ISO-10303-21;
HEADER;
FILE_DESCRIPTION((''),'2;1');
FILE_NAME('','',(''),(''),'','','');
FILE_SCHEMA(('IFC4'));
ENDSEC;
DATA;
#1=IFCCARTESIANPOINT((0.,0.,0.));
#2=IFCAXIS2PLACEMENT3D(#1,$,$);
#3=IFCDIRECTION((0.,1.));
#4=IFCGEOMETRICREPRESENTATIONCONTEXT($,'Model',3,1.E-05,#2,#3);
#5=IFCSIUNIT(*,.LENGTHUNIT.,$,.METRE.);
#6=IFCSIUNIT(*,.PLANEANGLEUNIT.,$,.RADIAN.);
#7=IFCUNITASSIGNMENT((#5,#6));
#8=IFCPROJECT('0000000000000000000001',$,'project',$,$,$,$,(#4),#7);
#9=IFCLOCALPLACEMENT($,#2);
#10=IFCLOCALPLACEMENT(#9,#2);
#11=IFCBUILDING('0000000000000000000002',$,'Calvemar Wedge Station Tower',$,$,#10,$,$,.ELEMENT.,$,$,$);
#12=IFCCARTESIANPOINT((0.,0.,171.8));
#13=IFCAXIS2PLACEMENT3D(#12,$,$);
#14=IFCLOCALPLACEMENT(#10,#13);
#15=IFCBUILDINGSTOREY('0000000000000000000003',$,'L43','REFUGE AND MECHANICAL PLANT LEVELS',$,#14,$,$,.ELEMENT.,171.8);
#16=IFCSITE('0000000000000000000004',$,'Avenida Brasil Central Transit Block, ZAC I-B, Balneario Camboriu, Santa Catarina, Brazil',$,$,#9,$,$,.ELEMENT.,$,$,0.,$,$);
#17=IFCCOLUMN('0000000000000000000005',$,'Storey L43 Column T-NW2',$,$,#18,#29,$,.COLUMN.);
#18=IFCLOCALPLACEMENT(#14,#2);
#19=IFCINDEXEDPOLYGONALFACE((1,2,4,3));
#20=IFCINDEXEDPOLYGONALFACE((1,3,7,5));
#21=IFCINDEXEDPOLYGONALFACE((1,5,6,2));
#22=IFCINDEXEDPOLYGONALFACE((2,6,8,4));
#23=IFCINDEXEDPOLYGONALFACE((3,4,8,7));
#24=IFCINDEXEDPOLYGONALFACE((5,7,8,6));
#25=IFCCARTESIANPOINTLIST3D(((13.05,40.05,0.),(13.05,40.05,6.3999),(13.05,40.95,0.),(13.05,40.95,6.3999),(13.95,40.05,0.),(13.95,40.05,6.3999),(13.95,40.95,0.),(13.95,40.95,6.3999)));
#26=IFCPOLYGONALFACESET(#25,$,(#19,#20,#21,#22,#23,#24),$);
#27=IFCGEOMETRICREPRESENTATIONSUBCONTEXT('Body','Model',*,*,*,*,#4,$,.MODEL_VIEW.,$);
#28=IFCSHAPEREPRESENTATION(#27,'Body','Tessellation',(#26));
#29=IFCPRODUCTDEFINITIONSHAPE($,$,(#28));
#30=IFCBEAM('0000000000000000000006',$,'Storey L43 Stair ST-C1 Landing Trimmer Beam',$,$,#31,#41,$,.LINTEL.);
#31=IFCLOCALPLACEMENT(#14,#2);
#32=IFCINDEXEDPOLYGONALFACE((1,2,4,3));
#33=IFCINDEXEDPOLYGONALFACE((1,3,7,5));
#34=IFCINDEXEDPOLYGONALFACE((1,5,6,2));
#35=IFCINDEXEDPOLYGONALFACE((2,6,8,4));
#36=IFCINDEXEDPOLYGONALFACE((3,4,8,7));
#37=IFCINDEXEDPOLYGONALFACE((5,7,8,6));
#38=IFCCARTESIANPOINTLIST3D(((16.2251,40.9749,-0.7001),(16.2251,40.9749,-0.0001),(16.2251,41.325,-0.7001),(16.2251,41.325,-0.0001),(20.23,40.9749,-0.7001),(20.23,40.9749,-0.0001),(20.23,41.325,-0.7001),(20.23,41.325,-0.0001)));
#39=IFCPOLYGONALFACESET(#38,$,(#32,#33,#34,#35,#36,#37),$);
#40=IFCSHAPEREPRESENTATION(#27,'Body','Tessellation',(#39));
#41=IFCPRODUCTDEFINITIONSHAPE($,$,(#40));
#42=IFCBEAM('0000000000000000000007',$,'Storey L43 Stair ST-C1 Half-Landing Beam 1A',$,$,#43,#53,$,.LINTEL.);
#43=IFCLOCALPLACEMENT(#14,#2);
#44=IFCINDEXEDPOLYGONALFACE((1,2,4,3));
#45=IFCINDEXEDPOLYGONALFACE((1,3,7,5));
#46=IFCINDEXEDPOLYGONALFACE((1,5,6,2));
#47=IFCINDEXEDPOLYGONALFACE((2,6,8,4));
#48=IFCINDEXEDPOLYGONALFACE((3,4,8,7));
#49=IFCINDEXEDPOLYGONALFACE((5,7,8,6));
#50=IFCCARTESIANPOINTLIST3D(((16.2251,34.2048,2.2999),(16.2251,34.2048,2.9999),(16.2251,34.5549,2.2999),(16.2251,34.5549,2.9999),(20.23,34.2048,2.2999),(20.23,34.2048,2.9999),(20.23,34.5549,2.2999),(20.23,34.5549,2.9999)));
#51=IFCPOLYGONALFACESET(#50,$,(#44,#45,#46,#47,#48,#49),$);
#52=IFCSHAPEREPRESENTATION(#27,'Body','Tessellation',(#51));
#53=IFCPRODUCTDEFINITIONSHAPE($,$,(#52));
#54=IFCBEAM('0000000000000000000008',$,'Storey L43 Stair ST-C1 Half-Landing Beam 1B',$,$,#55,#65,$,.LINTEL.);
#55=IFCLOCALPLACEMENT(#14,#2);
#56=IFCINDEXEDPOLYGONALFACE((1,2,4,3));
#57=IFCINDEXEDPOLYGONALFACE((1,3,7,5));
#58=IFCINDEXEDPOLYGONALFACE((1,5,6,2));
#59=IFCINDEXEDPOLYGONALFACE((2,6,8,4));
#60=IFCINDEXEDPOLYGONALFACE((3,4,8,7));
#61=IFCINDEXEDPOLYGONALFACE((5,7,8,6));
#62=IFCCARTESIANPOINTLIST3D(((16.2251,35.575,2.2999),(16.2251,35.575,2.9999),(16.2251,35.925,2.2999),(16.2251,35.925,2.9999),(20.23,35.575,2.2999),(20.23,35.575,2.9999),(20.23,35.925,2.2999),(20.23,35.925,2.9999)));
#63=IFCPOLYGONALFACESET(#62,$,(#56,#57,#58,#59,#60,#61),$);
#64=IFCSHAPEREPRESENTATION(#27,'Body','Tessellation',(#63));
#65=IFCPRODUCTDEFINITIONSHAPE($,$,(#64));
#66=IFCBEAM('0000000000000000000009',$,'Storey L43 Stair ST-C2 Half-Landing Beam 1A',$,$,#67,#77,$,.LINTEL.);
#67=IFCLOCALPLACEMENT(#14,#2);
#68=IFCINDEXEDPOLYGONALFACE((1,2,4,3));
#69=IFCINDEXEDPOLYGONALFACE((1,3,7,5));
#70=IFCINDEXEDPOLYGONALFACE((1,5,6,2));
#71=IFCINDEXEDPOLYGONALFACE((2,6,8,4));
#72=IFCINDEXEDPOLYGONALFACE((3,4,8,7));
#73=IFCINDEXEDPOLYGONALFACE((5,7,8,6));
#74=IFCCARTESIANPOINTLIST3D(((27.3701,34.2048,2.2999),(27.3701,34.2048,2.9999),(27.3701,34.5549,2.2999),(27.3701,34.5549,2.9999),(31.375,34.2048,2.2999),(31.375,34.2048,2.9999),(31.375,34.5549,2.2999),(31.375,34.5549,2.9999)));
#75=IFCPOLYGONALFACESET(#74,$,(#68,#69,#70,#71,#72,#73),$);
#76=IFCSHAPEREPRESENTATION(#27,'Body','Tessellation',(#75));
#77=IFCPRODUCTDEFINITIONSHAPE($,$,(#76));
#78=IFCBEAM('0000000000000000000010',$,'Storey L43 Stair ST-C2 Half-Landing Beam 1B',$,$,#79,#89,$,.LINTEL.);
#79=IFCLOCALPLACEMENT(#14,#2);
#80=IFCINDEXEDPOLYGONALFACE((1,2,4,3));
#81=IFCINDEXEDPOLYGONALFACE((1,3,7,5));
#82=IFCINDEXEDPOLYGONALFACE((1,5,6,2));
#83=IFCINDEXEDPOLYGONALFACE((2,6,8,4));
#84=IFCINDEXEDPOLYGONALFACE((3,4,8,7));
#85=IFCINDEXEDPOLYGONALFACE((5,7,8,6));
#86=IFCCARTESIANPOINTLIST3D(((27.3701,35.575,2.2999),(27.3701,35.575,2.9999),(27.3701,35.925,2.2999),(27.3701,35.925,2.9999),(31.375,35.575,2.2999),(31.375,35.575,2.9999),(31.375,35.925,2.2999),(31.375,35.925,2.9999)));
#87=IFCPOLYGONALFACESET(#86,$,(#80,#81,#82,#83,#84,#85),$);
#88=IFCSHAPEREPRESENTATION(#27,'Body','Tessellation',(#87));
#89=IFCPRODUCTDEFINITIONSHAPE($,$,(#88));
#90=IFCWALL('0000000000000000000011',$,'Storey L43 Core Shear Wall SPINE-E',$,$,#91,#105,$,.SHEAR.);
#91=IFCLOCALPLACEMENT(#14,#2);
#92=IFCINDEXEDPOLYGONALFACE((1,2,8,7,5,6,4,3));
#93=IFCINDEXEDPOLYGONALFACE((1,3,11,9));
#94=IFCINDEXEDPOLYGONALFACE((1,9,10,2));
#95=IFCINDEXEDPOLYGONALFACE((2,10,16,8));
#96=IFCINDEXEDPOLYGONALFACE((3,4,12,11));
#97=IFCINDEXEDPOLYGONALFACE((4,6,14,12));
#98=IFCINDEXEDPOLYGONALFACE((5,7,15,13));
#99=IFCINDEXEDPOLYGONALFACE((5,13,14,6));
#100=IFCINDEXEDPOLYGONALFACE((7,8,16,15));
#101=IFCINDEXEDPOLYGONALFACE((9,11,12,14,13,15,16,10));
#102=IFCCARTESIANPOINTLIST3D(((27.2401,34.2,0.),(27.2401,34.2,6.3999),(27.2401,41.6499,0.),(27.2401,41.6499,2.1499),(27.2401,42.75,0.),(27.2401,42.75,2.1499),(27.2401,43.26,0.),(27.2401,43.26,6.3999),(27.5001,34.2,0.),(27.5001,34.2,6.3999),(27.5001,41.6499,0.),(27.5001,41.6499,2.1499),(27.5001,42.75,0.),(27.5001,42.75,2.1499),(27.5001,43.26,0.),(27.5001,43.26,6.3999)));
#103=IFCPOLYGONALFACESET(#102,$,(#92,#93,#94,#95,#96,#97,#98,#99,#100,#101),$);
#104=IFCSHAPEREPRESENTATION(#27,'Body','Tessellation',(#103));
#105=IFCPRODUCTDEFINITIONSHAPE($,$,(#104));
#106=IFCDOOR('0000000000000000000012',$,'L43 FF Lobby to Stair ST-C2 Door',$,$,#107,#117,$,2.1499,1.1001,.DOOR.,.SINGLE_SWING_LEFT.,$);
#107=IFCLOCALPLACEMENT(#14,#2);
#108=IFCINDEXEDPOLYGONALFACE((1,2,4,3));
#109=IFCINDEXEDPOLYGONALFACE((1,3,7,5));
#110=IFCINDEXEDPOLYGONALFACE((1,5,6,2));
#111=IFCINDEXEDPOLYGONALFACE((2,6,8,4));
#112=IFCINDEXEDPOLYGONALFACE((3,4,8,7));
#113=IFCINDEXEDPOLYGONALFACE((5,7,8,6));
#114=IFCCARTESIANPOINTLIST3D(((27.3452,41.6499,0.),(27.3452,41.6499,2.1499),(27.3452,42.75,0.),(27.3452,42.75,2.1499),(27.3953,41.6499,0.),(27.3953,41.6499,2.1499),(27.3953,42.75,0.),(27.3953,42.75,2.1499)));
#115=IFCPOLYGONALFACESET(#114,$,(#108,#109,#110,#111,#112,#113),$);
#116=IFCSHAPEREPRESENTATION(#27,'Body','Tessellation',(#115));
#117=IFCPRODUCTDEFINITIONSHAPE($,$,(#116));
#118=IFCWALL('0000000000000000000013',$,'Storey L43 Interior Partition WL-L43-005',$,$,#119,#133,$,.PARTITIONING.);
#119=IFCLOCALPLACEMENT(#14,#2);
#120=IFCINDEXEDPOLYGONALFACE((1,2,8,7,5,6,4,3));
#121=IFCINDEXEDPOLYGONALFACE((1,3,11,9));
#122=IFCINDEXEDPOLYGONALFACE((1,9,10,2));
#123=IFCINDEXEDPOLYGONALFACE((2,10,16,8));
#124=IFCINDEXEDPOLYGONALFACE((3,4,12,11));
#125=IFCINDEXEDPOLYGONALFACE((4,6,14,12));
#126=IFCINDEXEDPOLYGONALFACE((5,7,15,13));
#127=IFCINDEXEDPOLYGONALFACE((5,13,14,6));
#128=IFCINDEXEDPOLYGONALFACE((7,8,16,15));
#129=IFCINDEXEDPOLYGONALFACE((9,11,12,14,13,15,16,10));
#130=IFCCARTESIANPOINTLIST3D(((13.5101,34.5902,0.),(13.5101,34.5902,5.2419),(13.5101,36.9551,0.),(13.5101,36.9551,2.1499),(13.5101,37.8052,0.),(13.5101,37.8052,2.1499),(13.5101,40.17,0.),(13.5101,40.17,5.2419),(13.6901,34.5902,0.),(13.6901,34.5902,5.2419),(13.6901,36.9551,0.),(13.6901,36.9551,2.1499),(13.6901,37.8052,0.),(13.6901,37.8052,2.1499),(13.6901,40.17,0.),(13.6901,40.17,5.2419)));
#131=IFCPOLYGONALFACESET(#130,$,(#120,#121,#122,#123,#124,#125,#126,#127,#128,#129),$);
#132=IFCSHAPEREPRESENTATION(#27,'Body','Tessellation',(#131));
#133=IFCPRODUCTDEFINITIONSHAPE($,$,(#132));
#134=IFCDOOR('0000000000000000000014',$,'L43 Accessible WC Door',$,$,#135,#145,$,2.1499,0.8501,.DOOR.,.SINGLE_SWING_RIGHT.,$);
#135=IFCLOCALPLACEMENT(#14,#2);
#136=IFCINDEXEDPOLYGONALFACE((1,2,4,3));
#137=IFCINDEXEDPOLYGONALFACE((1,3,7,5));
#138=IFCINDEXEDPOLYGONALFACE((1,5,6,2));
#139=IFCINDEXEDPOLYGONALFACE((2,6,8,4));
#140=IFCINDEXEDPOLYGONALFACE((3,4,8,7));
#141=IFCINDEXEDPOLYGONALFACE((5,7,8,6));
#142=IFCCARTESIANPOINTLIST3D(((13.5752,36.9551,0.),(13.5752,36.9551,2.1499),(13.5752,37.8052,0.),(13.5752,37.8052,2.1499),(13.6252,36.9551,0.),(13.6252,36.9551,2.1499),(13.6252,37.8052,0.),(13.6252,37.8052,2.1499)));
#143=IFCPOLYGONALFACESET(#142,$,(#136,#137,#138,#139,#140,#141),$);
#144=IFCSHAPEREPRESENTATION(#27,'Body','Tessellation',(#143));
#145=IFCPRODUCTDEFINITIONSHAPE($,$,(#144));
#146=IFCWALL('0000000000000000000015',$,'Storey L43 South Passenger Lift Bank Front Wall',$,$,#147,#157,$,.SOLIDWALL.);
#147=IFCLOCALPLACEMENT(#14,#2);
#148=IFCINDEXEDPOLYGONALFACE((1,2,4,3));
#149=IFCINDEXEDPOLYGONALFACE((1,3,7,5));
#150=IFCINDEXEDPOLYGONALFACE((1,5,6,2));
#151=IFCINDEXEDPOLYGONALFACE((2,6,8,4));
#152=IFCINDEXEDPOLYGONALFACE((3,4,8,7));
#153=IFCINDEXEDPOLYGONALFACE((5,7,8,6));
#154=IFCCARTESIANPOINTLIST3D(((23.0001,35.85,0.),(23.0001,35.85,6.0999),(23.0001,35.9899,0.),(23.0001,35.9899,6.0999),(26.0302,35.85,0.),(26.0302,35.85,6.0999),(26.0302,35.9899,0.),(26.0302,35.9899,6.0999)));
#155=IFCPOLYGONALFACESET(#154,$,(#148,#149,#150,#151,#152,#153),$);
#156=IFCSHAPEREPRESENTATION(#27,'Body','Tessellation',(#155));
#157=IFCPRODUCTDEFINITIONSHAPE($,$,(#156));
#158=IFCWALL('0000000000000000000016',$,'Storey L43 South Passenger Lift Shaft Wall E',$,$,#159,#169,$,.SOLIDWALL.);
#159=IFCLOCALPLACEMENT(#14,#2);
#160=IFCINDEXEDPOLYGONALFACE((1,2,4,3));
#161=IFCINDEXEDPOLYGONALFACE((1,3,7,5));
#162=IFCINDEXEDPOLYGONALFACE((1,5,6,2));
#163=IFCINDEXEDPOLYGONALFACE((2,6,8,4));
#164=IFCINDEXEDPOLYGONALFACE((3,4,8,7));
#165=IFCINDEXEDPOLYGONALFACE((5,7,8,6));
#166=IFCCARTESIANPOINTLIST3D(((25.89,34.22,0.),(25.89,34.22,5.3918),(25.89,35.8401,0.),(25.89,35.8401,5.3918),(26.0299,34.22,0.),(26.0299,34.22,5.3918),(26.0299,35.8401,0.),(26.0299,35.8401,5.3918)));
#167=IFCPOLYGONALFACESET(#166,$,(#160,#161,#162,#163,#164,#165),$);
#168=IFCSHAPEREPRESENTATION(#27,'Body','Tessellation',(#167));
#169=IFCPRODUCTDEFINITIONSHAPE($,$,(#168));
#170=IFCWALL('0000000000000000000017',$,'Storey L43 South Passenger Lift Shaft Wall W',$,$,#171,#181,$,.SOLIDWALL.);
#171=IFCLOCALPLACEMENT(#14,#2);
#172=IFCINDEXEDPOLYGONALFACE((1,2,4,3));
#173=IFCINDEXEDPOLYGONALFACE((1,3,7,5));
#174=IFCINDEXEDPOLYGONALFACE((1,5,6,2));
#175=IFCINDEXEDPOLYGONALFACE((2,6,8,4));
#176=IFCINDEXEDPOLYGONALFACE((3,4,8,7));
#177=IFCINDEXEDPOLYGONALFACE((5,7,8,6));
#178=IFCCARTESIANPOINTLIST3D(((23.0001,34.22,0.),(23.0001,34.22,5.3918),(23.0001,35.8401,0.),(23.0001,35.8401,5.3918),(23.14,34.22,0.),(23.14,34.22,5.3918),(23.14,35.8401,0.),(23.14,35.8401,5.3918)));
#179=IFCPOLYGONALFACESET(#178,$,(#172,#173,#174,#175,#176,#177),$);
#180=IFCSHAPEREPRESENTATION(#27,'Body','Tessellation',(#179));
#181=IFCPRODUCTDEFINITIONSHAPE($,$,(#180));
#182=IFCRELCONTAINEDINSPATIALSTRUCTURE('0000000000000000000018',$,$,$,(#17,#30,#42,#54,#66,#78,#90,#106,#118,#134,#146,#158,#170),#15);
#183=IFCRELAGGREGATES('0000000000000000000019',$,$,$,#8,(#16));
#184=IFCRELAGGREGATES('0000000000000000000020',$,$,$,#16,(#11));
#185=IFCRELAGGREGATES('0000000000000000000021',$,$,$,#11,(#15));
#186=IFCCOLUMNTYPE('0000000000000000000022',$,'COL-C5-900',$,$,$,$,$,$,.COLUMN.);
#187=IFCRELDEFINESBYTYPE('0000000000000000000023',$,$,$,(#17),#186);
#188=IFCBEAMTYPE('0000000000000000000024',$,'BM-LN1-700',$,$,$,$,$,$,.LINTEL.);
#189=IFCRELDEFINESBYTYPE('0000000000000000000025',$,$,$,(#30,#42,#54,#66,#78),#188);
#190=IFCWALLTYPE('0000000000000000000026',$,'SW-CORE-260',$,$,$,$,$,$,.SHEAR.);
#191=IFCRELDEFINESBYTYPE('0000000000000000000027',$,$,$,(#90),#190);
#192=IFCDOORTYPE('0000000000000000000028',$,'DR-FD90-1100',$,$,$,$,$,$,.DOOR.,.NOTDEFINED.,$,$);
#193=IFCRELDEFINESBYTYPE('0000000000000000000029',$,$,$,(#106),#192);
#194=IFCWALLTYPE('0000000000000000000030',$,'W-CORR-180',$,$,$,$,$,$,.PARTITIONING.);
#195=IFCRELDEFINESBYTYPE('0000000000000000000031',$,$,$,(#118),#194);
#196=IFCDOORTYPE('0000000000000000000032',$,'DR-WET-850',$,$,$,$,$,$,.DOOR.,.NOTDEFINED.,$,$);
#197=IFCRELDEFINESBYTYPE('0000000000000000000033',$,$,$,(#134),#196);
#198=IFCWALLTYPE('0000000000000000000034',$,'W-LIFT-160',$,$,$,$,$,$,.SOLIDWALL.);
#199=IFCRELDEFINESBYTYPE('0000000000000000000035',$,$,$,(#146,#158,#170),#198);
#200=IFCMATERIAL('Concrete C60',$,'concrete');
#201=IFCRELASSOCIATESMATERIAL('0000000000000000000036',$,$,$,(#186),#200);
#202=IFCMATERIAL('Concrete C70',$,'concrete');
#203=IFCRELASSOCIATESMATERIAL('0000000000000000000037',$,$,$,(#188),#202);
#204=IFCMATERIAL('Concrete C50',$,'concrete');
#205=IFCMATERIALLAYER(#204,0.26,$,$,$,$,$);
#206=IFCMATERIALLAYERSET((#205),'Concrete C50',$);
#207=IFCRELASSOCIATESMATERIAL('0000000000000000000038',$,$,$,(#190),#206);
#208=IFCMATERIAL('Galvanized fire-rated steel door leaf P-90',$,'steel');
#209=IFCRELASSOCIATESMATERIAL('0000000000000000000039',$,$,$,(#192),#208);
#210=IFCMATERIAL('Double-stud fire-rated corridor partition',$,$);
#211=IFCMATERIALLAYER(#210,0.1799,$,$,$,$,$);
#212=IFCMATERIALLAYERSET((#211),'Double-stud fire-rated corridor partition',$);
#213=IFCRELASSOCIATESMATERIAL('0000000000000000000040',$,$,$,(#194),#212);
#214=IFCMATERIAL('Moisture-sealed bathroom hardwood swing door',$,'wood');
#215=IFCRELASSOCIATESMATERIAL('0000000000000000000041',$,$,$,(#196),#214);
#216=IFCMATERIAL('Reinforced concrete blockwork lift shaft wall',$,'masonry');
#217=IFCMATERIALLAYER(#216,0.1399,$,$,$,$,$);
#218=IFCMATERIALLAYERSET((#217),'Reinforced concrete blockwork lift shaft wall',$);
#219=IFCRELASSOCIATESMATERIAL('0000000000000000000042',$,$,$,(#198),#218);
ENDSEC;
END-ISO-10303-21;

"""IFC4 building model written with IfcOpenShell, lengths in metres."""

from ifc_helpers import new_model, si_unit, direction, frame, frame_2d, origin, origin_2d, place, context, subcontext, project, spatial, rectangle, extrude, source, transform, mapped, material, layer, layer_set, material_profile, profile_set, type_object, element, fill, save


model = new_model("IFC4")

# Units and contexts
model_context = context("Model", 3, precision=1e-05, world=origin(), true_north=direction((0.0, 1.0)))
body_context = subcontext(model_context, "Body", "Model", "MODEL_VIEW")
ifc_project = project(units=[si_unit("LENGTHUNIT", "METRE"), si_unit("PLANEANGLEUNIT", "RADIAN")], contexts=[model_context])

# Site, building, storey
site_placement = place(None, origin())
site = spatial("IfcSite", under=ifc_project, at=site_placement, Name="Avenida Brasil Central Transit Block, ZAC I-B, Balneario Camboriu, Santa Catarina, Brazil", CompositionType="ELEMENT", RefElevation=0.0)
building_placement = place(site_placement, origin())
building = spatial("IfcBuilding", under=site, at=building_placement, Name="Calvemar Wedge Station Tower", CompositionType="ELEMENT")
storey_placement = place(building_placement, frame((0.0, 0.0, 171.8)))
storey = spatial("IfcBuildingStorey", under=building, at=storey_placement, Name="L43", Description="REFUGE AND MECHANICAL PLANT LEVELS", CompositionType="ELEMENT", Elevation=171.8)

# Column
ifc_material_1 = material(Name="Concrete C60", Category="concrete")
ifc_material_profile_1 = material_profile(ifc_material_1, rectangle(XDim=0.8999, YDim=0.8999, at=origin_2d()), Name="RC900x900")
ifc_profile_set_1 = profile_set([ifc_material_profile_1], Name="Concrete C60")
column_type = type_object("IfcColumnType", Name="COL-C5-900", PredefinedType="COLUMN", material=ifc_profile_set_1)
shared_shape_1 = source(origin(), body_context, "Body", "SweptSolid", [
    extrude(rectangle(XDim=0.8999, YDim=0.8999, at=origin_2d()), origin(), (0.0, 0.0, 1.0), 6.3999),
])
column_placement = place(storey_placement, frame((13.5, 40.5, 0.0), z_axis=(0.0, 0.0, 1.0), x_axis=(1.0, 0.0, 0.0)))
element("IfcColumn", 1, at=column_placement, inside=storey, type_object=column_type, Name="Storey L43 Column T-NW2", PredefinedType="COLUMN", context=body_context, shape_type="MappedRepresentation", body=[
    mapped(shared_shape_1, transform((0.0, 0.0, 0.0), scale=1.0)),
])

# Beams
ifc_material_2 = material(Name="Concrete C70", Category="concrete")
ifc_material_profile_2 = material_profile(ifc_material_2, rectangle(XDim=0.3501, YDim=0.7, at=origin_2d()), Name="RC350x700")
ifc_profile_set_2 = profile_set([ifc_material_profile_2], Name="Concrete C70")
beam_type = type_object("IfcBeamType", Name="BM-LN1-700", PredefinedType="LINTEL", material=ifc_profile_set_2)
shared_shape_2 = source(origin(), body_context, "Body", "SweptSolid", [
    extrude(rectangle(XDim=0.3501, YDim=0.7, at=origin_2d()), origin(), (0.0, 0.0, 1.0), 4.0049),
])
for number, where, z_axis, x_axis, name in (
    (2, (16.2251, 41.1499, -0.3501), (1.0, 0.0, 0.0), (0.0, 1.0, 0.0), "Storey L43 Stair ST-C1 Landing Trimmer Beam"),
    (3, (16.2251, 34.3799, 2.6499), (1.0, 0.0, 0.0), (0.0, 1.0, 0.0), "Storey L43 Stair ST-C1 Half-Landing Beam 1A"),
    (4, (16.2251, 35.75, 2.6499), (1.0, 0.0, 0.0), (0.0, 1.0, 0.0), "Storey L43 Stair ST-C1 Half-Landing Beam 1B"),
    (5, (27.3701, 34.3799, 2.6499), (1.0, 0.0, 0.0), (0.0, 1.0, 0.0), "Storey L43 Stair ST-C2 Half-Landing Beam 1A"),
    (6, (27.3701, 35.75, 2.6499), (1.0, 0.0, 0.0), (0.0, 1.0, 0.0), "Storey L43 Stair ST-C2 Half-Landing Beam 1B"),
):
    element("IfcBeam", number, at=place(storey_placement, frame(where, z_axis=z_axis, x_axis=x_axis)), inside=storey, type_object=beam_type, Name=name, PredefinedType="LINTEL", context=body_context, shape_type="MappedRepresentation", body=[
        mapped(shared_shape_2, transform((0.0, 0.0, 0.0), scale=1.0)),
    ])

# Walls, openings, doors
ifc_material_3 = material(Name="Concrete C50", Category="concrete")
ifc_layer_1 = layer(ifc_material_3, 0.26)
ifc_layer_set_1 = layer_set([ifc_layer_1], Name="Concrete C50")
wall_type_1 = type_object("IfcWallType", Name="SW-CORE-260", PredefinedType="SHEAR", material=ifc_layer_set_1)
wall_1_placement = place(storey_placement, frame((27.3701, 34.2, 0.0), z_axis=(0.0, 0.0, 1.0), x_axis=(0.0, 1.0, 0.0)))
wall_1 = element("IfcWall", 7, at=wall_1_placement, inside=storey, type_object=wall_type_1, Name="Storey L43 Core Shear Wall SPINE-E", PredefinedType="SHEAR", context=body_context, shape_type="SweptSolid", body=[
    extrude(rectangle(XDim=9.0601, YDim=0.26, at=frame_2d((4.53, 0.0))), origin(), (0.0, 0.0, 1.0), 6.3999),
])
shared_shape_3 = source(origin(), body_context, "Body", "SweptSolid", [
    extrude(rectangle(XDim=1.1001, YDim=2.1499, at=frame_2d((0.55, 1.075))), frame((0.0, 0.1401, 0.0), z_axis=(0.0, -1.0, 0.0), x_axis=(1.0, 0.0, 0.0)), (0.0, 0.0, 1.0), 0.28),
])
opening_1_placement = place(wall_1_placement, frame((7.45, 0.0, 0.0)))
opening_1 = element("IfcOpeningElement", 8, at=opening_1_placement, cuts=wall_1, PredefinedType="OPENING", context=body_context, shape_type="MappedRepresentation", body=[
    mapped(shared_shape_3, transform((0.0, 0.0, 0.0), scale=1.0)),
])
ifc_material_4 = material(Name="Galvanized fire-rated steel door leaf P-90", Category="steel")
door_type_1 = type_object("IfcDoorType", Name="DR-FD90-1100", OperationType="NOTDEFINED", PredefinedType="DOOR", material=ifc_material_4)
shared_shape_4 = source(origin(), body_context, "Body", "SweptSolid", [
    extrude(rectangle(XDim=1.1001, YDim=2.1499, at=frame_2d((0.55, 1.075))), frame((0.0, 0.0249, 0.0), z_axis=(0.0, -1.0, 0.0), x_axis=(1.0, 0.0, 0.0)), (0.0, 0.0, 1.0), 0.05),
])
door_1_placement = place(opening_1_placement, origin())
door_1 = element("IfcDoor", 9, at=door_1_placement, inside=storey, type_object=door_type_1, Name="L43 FF Lobby to Stair ST-C2 Door", OperationType="SINGLE_SWING_LEFT", OverallHeight=2.1499, OverallWidth=1.1001, PredefinedType="DOOR", context=body_context, shape_type="MappedRepresentation", body=[
    mapped(shared_shape_4, transform((0.0, 0.0, 0.0), scale=1.0)),
])
fill(opening_1, door_1)
ifc_material_5 = material(Name="Double-stud fire-rated corridor partition")
ifc_layer_2 = layer(ifc_material_5, 0.1799)
ifc_layer_set_2 = layer_set([ifc_layer_2], Name="Double-stud fire-rated corridor partition")
wall_type_2 = type_object("IfcWallType", Name="W-CORR-180", PredefinedType="PARTITIONING", material=ifc_layer_set_2)
wall_2_placement = place(storey_placement, frame((13.6001, 34.5901, 0.0), z_axis=(0.0, 0.0, 1.0), x_axis=(0.0, 1.0, 0.0)))
wall_2 = element("IfcWall", 10, at=wall_2_placement, inside=storey, type_object=wall_type_2, Name="Storey L43 Interior Partition WL-L43-005", PredefinedType="PARTITIONING", context=body_context, shape_type="SweptSolid", body=[
    extrude(rectangle(XDim=5.5798, YDim=0.1799, at=frame_2d((2.79, 0.0))), origin(), (0.0, 0.0, 1.0), 5.2419),
])
shared_shape_5 = source(origin(), body_context, "Body", "SweptSolid", [
    extrude(rectangle(XDim=0.8501, YDim=2.1499, at=frame_2d((0.425, 1.075))), frame((0.0, 0.1001, 0.0), z_axis=(0.0, -1.0, 0.0), x_axis=(1.0, 0.0, 0.0)), (0.0, 0.0, 1.0), 0.2),
])
opening_2_placement = place(wall_2_placement, frame((2.365, 0.0, 0.0)))
opening_2 = element("IfcOpeningElement", 11, at=opening_2_placement, cuts=wall_2, PredefinedType="OPENING", context=body_context, shape_type="MappedRepresentation", body=[
    mapped(shared_shape_5, transform((0.0, 0.0, 0.0), scale=1.0)),
])
ifc_material_6 = material(Name="Moisture-sealed bathroom hardwood swing door", Category="wood")
door_type_2 = type_object("IfcDoorType", Name="DR-WET-850", OperationType="NOTDEFINED", PredefinedType="DOOR", material=ifc_material_6)
shared_shape_6 = source(origin(), body_context, "Body", "SweptSolid", [
    extrude(rectangle(XDim=0.8501, YDim=2.1499, at=frame_2d((0.425, 1.075))), frame((0.0, 0.0249, 0.0), z_axis=(0.0, -1.0, 0.0), x_axis=(1.0, 0.0, 0.0)), (0.0, 0.0, 1.0), 0.05),
])
door_2_placement = place(opening_2_placement, origin())
door_2 = element("IfcDoor", 12, at=door_2_placement, inside=storey, type_object=door_type_2, Name="L43 Accessible WC Door", OperationType="SINGLE_SWING_RIGHT", OverallHeight=2.1499, OverallWidth=0.8501, PredefinedType="DOOR", context=body_context, shape_type="MappedRepresentation", body=[
    mapped(shared_shape_6, transform((0.0, 0.0, 0.0), scale=1.0)),
])
fill(opening_2, door_2)

# Walls
ifc_material_7 = material(Name="Reinforced concrete blockwork lift shaft wall", Category="masonry")
ifc_layer_3 = layer(ifc_material_7, 0.1399)
ifc_layer_set_3 = layer_set([ifc_layer_3], Name="Reinforced concrete blockwork lift shaft wall")
wall_type_3 = type_object("IfcWallType", Name="W-LIFT-160", PredefinedType="SOLIDWALL", material=ifc_layer_set_3)
wall_3_placement = place(storey_placement, frame((23.0, 35.9199, 0.0), z_axis=(0.0, 0.0, 1.0), x_axis=(1.0, 0.0, 0.0)))
element("IfcWall", 13, at=wall_3_placement, inside=storey, type_object=wall_type_3, Name="Storey L43 South Passenger Lift Bank Front Wall", PredefinedType="SOLIDWALL", context=body_context, shape_type="SweptSolid", body=[
    extrude(rectangle(XDim=3.03, YDim=0.1399, at=frame_2d((1.5151, 0.0))), origin(), (0.0, 0.0, 1.0), 6.0999),
])
for number, where, z_axis, x_axis, name in (
    (14, (25.96, 34.22, 0.0), (0.0, 0.0, 1.0), (0.0, 1.0, 0.0), "Storey L43 South Passenger Lift Shaft Wall E"),
    (15, (23.0701, 34.22, 0.0), (0.0, 0.0, 1.0), (0.0, 1.0, 0.0), "Storey L43 South Passenger Lift Shaft Wall W"),
):
    element("IfcWall", number, at=place(storey_placement, frame(where, z_axis=z_axis, x_axis=x_axis)), inside=storey, type_object=wall_type_3, Name=name, PredefinedType="SOLIDWALL", context=body_context, shape_type="SweptSolid", body=[
        extrude(rectangle(XDim=1.6201, YDim=0.1399, at=frame_2d((0.8101, 0.0))), origin(), (0.0, 0.0, 1.0), 5.3918),
    ])

save(model, "model.ifc")
